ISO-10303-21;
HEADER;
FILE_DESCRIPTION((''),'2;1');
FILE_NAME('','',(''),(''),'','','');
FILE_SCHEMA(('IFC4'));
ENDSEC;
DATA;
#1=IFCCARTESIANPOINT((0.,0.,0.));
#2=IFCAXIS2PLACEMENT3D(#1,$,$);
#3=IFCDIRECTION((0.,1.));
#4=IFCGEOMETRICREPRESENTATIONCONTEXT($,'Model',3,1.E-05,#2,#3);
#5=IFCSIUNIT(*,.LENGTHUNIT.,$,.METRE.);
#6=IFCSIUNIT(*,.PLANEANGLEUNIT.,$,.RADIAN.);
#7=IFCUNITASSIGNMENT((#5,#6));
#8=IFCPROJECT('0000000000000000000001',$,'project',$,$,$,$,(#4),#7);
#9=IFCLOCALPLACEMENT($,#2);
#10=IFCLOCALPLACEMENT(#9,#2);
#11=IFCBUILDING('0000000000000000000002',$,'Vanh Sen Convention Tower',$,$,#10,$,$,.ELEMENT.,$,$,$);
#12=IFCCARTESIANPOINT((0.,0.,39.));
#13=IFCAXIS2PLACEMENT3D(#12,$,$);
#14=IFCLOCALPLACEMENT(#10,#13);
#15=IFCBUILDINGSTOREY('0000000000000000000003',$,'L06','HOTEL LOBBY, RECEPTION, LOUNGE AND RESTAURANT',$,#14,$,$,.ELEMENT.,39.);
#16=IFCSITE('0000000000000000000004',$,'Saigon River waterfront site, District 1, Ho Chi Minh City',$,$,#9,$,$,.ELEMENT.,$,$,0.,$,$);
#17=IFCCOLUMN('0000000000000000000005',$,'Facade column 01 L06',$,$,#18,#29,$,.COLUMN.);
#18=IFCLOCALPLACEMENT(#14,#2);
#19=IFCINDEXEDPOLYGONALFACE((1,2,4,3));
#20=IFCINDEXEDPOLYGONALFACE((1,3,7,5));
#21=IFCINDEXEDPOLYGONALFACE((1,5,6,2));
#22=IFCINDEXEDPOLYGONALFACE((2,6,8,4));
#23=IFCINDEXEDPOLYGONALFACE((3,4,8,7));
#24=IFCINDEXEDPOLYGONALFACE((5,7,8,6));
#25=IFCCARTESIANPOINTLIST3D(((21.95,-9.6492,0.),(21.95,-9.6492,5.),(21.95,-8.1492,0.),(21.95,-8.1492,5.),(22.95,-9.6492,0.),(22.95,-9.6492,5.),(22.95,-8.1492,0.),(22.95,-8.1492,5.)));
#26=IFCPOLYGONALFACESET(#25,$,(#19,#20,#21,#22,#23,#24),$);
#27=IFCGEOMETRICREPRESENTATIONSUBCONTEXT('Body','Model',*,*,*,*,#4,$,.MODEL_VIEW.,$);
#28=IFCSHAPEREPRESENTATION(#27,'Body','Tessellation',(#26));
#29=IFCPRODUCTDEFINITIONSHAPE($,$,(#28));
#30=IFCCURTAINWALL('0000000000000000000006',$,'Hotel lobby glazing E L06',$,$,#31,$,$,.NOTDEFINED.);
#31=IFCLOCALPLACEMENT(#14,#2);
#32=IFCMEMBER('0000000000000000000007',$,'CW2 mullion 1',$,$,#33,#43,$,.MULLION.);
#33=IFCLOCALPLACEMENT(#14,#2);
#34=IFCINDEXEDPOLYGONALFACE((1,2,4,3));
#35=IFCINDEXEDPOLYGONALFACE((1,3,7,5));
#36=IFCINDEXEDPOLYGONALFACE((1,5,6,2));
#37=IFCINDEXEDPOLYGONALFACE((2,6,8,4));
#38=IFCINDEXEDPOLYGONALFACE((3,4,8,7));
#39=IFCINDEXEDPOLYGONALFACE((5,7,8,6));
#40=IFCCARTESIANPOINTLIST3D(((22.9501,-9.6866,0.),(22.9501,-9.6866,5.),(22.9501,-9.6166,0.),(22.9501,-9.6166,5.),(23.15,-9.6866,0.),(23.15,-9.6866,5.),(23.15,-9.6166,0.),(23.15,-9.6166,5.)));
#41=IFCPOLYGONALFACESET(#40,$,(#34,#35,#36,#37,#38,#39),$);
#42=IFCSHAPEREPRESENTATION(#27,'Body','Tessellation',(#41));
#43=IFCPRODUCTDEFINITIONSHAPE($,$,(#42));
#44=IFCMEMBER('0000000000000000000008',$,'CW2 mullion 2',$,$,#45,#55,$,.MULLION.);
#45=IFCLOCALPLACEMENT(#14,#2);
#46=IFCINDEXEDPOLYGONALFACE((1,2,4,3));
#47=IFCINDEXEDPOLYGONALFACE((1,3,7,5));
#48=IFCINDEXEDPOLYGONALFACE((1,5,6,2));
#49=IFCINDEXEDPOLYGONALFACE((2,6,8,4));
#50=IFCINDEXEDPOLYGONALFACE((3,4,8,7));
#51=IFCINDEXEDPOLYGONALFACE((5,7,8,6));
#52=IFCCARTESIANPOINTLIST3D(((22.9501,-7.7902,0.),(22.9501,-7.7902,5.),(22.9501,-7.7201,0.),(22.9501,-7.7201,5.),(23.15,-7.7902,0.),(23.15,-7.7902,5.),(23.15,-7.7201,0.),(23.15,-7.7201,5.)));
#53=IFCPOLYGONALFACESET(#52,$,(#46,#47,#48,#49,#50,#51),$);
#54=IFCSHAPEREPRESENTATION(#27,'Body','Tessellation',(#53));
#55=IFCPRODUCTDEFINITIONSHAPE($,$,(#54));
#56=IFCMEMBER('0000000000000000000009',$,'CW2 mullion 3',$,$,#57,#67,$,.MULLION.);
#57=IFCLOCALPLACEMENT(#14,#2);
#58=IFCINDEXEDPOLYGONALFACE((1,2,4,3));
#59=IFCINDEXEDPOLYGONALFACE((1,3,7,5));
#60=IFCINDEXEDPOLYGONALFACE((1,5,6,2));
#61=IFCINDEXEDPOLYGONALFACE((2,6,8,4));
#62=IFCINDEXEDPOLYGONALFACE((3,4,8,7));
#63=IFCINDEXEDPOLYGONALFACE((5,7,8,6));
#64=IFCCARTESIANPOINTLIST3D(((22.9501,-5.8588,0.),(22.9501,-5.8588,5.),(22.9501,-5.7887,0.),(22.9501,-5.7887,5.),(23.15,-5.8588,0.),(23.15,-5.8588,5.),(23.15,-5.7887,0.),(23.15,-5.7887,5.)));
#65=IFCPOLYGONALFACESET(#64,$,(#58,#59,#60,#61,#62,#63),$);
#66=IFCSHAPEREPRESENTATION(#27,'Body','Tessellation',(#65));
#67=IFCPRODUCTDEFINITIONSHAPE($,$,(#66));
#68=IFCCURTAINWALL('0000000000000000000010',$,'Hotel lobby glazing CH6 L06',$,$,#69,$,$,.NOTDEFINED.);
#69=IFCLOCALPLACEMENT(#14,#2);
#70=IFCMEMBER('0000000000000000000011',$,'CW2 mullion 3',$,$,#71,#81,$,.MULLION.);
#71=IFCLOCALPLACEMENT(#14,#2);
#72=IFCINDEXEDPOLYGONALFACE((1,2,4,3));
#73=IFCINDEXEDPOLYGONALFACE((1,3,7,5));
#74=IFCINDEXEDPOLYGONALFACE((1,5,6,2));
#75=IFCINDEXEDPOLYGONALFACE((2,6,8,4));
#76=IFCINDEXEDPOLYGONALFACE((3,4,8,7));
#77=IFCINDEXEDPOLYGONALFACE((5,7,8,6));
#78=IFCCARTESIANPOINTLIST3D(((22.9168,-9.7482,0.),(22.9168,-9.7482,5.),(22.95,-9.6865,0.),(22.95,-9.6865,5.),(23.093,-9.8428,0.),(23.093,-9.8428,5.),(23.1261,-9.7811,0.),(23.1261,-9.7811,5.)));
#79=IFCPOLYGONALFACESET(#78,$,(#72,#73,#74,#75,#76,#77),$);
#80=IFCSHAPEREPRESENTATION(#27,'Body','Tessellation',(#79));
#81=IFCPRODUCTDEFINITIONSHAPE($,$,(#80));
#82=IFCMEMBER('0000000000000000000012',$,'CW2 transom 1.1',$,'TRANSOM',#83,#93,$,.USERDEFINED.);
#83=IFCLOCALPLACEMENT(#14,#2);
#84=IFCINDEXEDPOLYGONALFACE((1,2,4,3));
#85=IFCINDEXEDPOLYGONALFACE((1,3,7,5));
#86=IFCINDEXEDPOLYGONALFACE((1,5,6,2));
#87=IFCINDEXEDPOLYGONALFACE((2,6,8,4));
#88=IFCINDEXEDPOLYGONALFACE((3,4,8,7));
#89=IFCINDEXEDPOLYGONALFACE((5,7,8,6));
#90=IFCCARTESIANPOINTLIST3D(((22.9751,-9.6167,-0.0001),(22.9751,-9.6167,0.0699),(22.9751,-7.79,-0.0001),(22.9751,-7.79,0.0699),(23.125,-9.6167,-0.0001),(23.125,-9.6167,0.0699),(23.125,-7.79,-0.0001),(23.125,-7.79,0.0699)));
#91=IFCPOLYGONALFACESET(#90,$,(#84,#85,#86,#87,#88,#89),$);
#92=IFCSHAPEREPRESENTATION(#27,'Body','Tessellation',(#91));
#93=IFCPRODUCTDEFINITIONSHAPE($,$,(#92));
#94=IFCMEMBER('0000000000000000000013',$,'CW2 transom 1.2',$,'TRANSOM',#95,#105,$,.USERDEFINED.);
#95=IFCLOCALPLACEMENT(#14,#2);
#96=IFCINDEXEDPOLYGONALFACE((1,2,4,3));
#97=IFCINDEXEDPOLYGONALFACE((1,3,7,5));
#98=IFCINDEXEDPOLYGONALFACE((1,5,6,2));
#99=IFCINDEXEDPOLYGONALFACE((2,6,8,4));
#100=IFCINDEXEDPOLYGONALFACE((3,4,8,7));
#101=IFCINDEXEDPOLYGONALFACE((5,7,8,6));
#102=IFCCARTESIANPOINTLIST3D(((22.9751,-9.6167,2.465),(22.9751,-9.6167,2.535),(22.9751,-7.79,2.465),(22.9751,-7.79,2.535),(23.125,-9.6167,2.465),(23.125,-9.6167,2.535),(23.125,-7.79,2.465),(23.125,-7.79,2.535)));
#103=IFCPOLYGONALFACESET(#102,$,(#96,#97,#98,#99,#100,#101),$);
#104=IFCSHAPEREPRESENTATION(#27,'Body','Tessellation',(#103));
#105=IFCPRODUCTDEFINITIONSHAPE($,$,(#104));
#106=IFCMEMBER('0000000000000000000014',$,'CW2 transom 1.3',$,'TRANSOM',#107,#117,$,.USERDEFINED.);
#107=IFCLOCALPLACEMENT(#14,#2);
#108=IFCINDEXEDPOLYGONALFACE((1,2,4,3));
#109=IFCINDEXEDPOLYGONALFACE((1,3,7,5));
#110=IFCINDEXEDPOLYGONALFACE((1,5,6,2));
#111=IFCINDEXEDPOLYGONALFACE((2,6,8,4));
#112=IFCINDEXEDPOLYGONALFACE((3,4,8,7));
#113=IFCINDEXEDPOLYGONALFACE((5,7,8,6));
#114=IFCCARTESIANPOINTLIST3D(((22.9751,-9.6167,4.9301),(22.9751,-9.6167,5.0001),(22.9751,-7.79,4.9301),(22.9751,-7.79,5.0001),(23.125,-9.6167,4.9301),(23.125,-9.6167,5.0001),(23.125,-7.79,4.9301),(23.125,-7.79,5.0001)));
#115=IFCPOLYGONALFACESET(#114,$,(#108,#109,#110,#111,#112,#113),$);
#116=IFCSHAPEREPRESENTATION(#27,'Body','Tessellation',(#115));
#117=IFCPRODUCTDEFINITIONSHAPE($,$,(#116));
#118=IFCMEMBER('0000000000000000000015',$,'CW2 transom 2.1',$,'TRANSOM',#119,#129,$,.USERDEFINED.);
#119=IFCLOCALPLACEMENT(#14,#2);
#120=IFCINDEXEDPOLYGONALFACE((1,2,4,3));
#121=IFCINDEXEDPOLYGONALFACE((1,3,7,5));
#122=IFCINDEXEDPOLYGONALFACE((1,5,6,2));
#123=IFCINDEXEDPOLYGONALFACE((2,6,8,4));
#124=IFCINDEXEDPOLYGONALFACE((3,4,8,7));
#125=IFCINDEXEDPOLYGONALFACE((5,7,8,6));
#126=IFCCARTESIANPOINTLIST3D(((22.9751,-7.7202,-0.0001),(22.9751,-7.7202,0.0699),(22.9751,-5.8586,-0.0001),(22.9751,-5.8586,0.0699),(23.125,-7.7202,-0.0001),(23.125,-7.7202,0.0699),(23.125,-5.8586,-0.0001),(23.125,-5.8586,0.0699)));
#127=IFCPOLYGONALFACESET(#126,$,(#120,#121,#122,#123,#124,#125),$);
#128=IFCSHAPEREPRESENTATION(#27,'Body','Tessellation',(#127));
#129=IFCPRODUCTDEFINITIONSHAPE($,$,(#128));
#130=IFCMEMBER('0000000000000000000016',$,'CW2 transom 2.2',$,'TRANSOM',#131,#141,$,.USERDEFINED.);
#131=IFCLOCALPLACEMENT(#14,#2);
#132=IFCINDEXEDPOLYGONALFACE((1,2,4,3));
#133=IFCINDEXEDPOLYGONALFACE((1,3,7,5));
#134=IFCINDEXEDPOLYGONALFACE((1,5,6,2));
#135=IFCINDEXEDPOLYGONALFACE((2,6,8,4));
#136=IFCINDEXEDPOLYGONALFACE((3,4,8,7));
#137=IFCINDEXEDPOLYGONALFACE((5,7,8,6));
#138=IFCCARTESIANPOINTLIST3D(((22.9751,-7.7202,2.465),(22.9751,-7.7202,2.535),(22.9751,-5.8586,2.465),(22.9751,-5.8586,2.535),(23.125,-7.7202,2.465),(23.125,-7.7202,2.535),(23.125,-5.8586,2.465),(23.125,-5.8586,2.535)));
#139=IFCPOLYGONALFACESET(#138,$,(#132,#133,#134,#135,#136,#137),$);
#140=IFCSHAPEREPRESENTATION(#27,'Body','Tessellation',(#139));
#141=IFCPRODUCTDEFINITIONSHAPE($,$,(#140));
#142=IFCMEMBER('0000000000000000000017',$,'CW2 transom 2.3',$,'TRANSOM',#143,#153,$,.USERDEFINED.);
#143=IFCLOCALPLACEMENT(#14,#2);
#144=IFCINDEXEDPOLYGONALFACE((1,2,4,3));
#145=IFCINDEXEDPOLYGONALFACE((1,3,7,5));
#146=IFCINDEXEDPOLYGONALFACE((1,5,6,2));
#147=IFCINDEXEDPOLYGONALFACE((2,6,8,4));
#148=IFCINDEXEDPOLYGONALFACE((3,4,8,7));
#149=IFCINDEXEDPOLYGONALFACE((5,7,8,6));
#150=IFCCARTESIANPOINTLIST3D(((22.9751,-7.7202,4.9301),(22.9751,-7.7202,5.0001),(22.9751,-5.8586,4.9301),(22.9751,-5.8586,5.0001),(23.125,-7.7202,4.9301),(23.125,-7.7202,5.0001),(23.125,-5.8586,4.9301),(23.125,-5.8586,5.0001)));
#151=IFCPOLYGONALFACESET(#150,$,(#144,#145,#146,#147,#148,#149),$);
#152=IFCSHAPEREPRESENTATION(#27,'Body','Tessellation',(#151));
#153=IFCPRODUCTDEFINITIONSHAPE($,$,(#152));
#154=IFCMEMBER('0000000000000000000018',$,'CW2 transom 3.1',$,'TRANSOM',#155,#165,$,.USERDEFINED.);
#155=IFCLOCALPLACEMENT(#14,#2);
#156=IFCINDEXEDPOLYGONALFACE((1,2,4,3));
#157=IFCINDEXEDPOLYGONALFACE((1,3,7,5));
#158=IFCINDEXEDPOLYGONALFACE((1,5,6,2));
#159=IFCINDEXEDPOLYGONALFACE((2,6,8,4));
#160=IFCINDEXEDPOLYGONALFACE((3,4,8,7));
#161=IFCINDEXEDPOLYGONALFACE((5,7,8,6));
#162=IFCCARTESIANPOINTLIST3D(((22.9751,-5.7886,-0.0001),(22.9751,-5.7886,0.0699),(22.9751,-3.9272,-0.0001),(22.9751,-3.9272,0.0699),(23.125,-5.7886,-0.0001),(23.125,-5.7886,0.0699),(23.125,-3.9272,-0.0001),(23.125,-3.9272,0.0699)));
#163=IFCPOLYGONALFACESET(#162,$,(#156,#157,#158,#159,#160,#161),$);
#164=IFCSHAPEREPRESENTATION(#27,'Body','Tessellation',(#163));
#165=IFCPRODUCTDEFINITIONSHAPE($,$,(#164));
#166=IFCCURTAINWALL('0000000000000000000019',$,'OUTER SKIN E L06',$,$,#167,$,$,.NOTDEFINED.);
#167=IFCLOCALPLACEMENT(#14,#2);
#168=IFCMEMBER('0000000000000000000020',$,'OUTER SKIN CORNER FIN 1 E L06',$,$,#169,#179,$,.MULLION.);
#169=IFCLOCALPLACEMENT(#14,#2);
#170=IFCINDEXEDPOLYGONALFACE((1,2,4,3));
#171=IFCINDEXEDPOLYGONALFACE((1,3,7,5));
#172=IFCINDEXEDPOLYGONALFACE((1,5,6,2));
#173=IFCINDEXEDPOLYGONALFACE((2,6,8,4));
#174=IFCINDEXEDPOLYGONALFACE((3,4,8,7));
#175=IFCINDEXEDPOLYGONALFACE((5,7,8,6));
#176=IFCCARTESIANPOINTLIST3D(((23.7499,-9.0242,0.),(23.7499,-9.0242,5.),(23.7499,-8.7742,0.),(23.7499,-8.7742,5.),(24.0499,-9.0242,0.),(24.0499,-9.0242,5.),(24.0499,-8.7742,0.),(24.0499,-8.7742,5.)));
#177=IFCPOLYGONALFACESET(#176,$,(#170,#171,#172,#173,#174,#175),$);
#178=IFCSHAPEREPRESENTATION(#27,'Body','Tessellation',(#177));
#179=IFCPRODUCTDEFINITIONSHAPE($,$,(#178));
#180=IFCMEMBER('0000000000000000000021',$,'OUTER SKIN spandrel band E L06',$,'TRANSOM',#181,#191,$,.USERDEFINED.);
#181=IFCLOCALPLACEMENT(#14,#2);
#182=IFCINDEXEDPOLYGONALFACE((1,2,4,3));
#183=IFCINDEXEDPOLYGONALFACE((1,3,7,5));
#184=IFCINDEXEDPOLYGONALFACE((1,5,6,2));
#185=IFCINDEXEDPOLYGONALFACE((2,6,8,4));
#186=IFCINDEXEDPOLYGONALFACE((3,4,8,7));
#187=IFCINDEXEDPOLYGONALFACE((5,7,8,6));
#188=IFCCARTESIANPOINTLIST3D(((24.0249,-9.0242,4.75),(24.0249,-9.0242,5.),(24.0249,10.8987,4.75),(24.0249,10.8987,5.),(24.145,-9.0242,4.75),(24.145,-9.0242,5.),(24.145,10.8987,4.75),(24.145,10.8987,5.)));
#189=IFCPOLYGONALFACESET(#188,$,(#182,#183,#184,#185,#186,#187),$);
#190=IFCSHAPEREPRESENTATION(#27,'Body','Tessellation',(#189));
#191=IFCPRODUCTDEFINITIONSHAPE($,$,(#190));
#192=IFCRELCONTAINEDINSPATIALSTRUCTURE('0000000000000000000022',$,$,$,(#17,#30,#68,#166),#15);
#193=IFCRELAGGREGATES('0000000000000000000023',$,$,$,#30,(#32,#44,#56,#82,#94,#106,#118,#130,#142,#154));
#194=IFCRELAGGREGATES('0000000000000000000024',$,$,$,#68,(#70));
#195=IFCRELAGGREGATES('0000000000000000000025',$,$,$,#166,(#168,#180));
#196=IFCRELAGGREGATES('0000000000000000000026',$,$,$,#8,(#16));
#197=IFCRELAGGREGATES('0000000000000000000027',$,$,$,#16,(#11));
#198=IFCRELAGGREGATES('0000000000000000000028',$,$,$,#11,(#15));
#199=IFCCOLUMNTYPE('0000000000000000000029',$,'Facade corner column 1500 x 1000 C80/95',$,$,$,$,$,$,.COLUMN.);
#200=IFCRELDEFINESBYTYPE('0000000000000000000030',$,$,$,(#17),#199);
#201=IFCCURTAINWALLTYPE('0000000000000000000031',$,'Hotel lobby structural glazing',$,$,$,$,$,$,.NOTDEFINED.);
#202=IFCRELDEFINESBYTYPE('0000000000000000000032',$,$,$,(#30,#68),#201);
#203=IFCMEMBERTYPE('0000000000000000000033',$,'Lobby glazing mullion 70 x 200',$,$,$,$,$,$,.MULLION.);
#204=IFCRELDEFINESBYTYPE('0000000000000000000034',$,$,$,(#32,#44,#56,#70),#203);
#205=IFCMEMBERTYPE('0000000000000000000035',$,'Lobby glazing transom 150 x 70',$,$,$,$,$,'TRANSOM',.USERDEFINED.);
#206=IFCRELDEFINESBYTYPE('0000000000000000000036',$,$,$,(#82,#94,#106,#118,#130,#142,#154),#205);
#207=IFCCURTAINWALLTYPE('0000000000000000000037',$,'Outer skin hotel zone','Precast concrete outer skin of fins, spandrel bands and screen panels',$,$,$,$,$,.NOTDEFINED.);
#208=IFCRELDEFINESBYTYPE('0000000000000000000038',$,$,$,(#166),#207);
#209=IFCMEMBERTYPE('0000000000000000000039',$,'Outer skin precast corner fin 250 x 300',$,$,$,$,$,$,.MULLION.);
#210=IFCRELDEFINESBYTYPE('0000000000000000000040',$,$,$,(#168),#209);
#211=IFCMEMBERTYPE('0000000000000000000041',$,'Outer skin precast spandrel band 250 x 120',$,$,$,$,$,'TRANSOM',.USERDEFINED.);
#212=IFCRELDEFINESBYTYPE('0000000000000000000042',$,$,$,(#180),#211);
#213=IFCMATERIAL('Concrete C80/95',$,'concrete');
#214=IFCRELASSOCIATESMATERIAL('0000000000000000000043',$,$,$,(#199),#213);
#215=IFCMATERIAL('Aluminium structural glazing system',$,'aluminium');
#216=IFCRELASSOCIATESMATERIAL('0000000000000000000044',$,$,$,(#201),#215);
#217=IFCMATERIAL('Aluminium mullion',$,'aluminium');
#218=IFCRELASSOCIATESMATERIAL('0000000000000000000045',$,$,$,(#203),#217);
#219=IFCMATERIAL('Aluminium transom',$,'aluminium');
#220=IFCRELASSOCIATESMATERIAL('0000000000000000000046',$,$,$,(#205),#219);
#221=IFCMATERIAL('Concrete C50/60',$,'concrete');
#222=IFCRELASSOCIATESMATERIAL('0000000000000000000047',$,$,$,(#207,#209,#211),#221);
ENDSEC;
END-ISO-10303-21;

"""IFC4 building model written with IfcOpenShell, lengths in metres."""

from ifc_helpers import new_model, si_unit, direction, frame, origin, origin_2d, place, context, subcontext, project, spatial, rectangle, extrude, material, material_profile, profile_set, type_object, element, aggregate, save


model = new_model("IFC4")

# Units and contexts
model_context = context("Model", 3, precision=1e-05, world=origin(), true_north=direction((0.0, 1.0)))
body_context = subcontext(model_context, "Body", "Model", "MODEL_VIEW")
ifc_project = project(units=[si_unit("LENGTHUNIT", "METRE"), si_unit("PLANEANGLEUNIT", "RADIAN")], contexts=[model_context])

# Site, building, storey
site_placement = place(None, origin())
site = spatial("IfcSite", under=ifc_project, at=site_placement, Name="Saigon River waterfront site, District 1, Ho Chi Minh City", CompositionType="ELEMENT", RefElevation=0.0)
building_placement = place(site_placement, origin())
building = spatial("IfcBuilding", under=site, at=building_placement, Name="Vanh Sen Convention Tower", CompositionType="ELEMENT")
storey_placement = place(building_placement, frame((0.0, 0.0, 39.0)))
storey = spatial("IfcBuildingStorey", under=building, at=storey_placement, Name="L06", Description="HOTEL LOBBY, RECEPTION, LOUNGE AND RESTAURANT", CompositionType="ELEMENT", Elevation=39.0)

# Column
ifc_material_1 = material(Name="Concrete C80/95", Category="concrete")
ifc_material_profile_1 = material_profile(ifc_material_1, rectangle(XDim=1.5, YDim=1.0, at=origin_2d()), Name="RC 1500X1000")
ifc_profile_set_1 = profile_set([ifc_material_profile_1], Name="Concrete C80/95")
column_type = type_object("IfcColumnType", Name="Facade corner column 1500 x 1000 C80/95", PredefinedType="COLUMN", material=ifc_profile_set_1)
column_placement = place(storey_placement, frame((22.45, -8.8992, 0.0), z_axis=(0.0, 0.0, 1.0), x_axis=(0.0, 1.0, 0.0)))
element("IfcColumn", 1, at=column_placement, inside=storey, type_object=column_type, Name="Facade column 01 L06", PredefinedType="COLUMN", context=body_context, shape_type="SweptSolid", body=[
    extrude(rectangle(XDim=1.5, YDim=1.0, at=origin_2d()), origin(), (0.0, 0.0, 1.0), 5.0),
])

# Curtain wall, members
ifc_material_2 = material(Name="Aluminium structural glazing system", Category="aluminium")
curtain_wall_type_1 = type_object("IfcCurtainWallType", Name="Hotel lobby structural glazing", PredefinedType="NOTDEFINED", material=ifc_material_2)
curtain_wall_1_placement = place(storey_placement, origin())
curtain_wall_1 = element("IfcCurtainWall", 2, at=curtain_wall_1_placement, inside=storey, type_object=curtain_wall_type_1, Name="Hotel lobby glazing E L06", PredefinedType="NOTDEFINED")
ifc_material_3 = material(Name="Aluminium mullion", Category="aluminium")
ifc_material_profile_2 = material_profile(ifc_material_3, rectangle(XDim=0.2, YDim=0.0701, at=origin_2d()), Name="Lobby glazing mullion 70 x 200")
ifc_profile_set_2 = profile_set([ifc_material_profile_2], Name="Aluminium mullion")
member_type_1 = type_object("IfcMemberType", Name="Lobby glazing mullion 70 x 200", PredefinedType="MULLION", material=ifc_profile_set_2)
member_1_placement = place(storey_placement, frame((23.05, -9.6516, 0.0), z_axis=(0.0, 0.0, 1.0), x_axis=(-1.0, 0.0, 0.0)))
member_1 = element("IfcMember", 3, at=member_1_placement, type_object=member_type_1, Name="CW2 mullion 1", PredefinedType="MULLION", context=body_context, shape_type="SweptSolid", body=[
    extrude(rectangle(XDim=0.2, YDim=0.0701, at=origin_2d()), origin(), (0.0, 0.0, 1.0), 5.0),
])
member_2_placement = place(storey_placement, frame((23.05, -7.7551, 0.0), z_axis=(0.0, 0.0, 1.0), x_axis=(-1.0, 0.0, 0.0)))
member_2 = element("IfcMember", 4, at=member_2_placement, type_object=member_type_1, Name="CW2 mullion 2", PredefinedType="MULLION", context=body_context, shape_type="SweptSolid", body=[
    extrude(rectangle(XDim=0.2, YDim=0.0701, at=origin_2d()), origin(), (0.0, 0.0, 1.0), 5.0),
])
member_3_placement = place(storey_placement, frame((23.05, -5.8237, 0.0), z_axis=(0.0, 0.0, 1.0), x_axis=(-1.0, 0.0, 0.0)))
member_3 = element("IfcMember", 5, at=member_3_placement, type_object=member_type_1, Name="CW2 mullion 3", PredefinedType="MULLION", context=body_context, shape_type="SweptSolid", body=[
    extrude(rectangle(XDim=0.2, YDim=0.0701, at=origin_2d()), origin(), (0.0, 0.0, 1.0), 5.0),
])

# Curtain wall, member
curtain_wall_2_placement = place(storey_placement, origin())
curtain_wall_2 = element("IfcCurtainWall", 6, at=curtain_wall_2_placement, inside=storey, type_object=curtain_wall_type_1, Name="Hotel lobby glazing CH6 L06", PredefinedType="NOTDEFINED")
member_4_placement = place(storey_placement, frame((23.0215, -9.7646, 0.0), z_axis=(0.0, 0.0, 1.0), x_axis=(-0.880894, 0.473314, 0.0)))
member_4 = element("IfcMember", 7, at=member_4_placement, type_object=member_type_1, Name="CW2 mullion 3", PredefinedType="MULLION", context=body_context, shape_type="SweptSolid", body=[
    extrude(rectangle(XDim=0.2, YDim=0.0701, at=origin_2d()), origin(), (0.0, 0.0, 1.0), 5.0),
])

# Members
ifc_material_4 = material(Name="Aluminium transom", Category="aluminium")
ifc_material_profile_3 = material_profile(ifc_material_4, rectangle(XDim=0.1499, YDim=0.0701, at=origin_2d()), Name="Lobby glazing transom 150 x 70")
ifc_profile_set_3 = profile_set([ifc_material_profile_3], Name="Aluminium transom")
member_type_2 = type_object("IfcMemberType", Name="Lobby glazing transom 150 x 70", ElementType="TRANSOM", PredefinedType="USERDEFINED", material=ifc_profile_set_3)
member_5_placement = place(storey_placement, frame((23.05, -9.6167, 0.0349), z_axis=(0.0, 1.0, 0.0), x_axis=(-1.0, 0.0, 0.0)))
member_5 = element("IfcMember", 8, at=member_5_placement, type_object=member_type_2, Name="CW2 transom 1.1", ObjectType="TRANSOM", PredefinedType="USERDEFINED", context=body_context, shape_type="SweptSolid", body=[
    extrude(rectangle(XDim=0.1499, YDim=0.0701, at=origin_2d()), origin(), (0.0, 0.0, 1.0), 1.8267),
])
member_6_placement = place(storey_placement, frame((23.05, -9.6167, 2.5), z_axis=(0.0, 1.0, 0.0), x_axis=(-1.0, 0.0, 0.0)))
member_6 = element("IfcMember", 9, at=member_6_placement, type_object=member_type_2, Name="CW2 transom 1.2", ObjectType="TRANSOM", PredefinedType="USERDEFINED", context=body_context, shape_type="SweptSolid", body=[
    extrude(rectangle(XDim=0.1499, YDim=0.0701, at=origin_2d()), origin(), (0.0, 0.0, 1.0), 1.8267),
])
member_7_placement = place(storey_placement, frame((23.05, -9.6167, 4.9651), z_axis=(0.0, 1.0, 0.0), x_axis=(-1.0, 0.0, 0.0)))
member_7 = element("IfcMember", 10, at=member_7_placement, type_object=member_type_2, Name="CW2 transom 1.3", ObjectType="TRANSOM", PredefinedType="USERDEFINED", context=body_context, shape_type="SweptSolid", body=[
    extrude(rectangle(XDim=0.1499, YDim=0.0701, at=origin_2d()), origin(), (0.0, 0.0, 1.0), 1.8267),
])
member_8_placement = place(storey_placement, frame((23.05, -7.7202, 0.0349), z_axis=(0.0, 1.0, 0.0), x_axis=(-1.0, 0.0, 0.0)))
member_8 = element("IfcMember", 11, at=member_8_placement, type_object=member_type_2, Name="CW2 transom 2.1", ObjectType="TRANSOM", PredefinedType="USERDEFINED", context=body_context, shape_type="SweptSolid", body=[
    extrude(rectangle(XDim=0.1499, YDim=0.0701, at=origin_2d()), origin(), (0.0, 0.0, 1.0), 1.8616),
])
member_9_placement = place(storey_placement, frame((23.05, -7.7202, 2.5), z_axis=(0.0, 1.0, 0.0), x_axis=(-1.0, 0.0, 0.0)))
member_9 = element("IfcMember", 12, at=member_9_placement, type_object=member_type_2, Name="CW2 transom 2.2", ObjectType="TRANSOM", PredefinedType="USERDEFINED", context=body_context, shape_type="SweptSolid", body=[
    extrude(rectangle(XDim=0.1499, YDim=0.0701, at=origin_2d()), origin(), (0.0, 0.0, 1.0), 1.8616),
])
member_10_placement = place(storey_placement, frame((23.05, -7.7202, 4.9651), z_axis=(0.0, 1.0, 0.0), x_axis=(-1.0, 0.0, 0.0)))
member_10 = element("IfcMember", 13, at=member_10_placement, type_object=member_type_2, Name="CW2 transom 2.3", ObjectType="TRANSOM", PredefinedType="USERDEFINED", context=body_context, shape_type="SweptSolid", body=[
    extrude(rectangle(XDim=0.1499, YDim=0.0701, at=origin_2d()), origin(), (0.0, 0.0, 1.0), 1.8616),
])
member_11_placement = place(storey_placement, frame((23.05, -5.7886, 0.0349), z_axis=(0.0, 1.0, 0.0), x_axis=(-1.0, 0.0, 0.0)))
member_11 = element("IfcMember", 14, at=member_11_placement, type_object=member_type_2, Name="CW2 transom 3.1", ObjectType="TRANSOM", PredefinedType="USERDEFINED", context=body_context, shape_type="SweptSolid", body=[
    extrude(rectangle(XDim=0.1499, YDim=0.0701, at=origin_2d()), origin(), (0.0, 0.0, 1.0), 1.8613),
])

# Curtain wall, members
ifc_material_5 = material(Name="Concrete C50/60", Category="concrete")
curtain_wall_type_2 = type_object("IfcCurtainWallType", Name="Outer skin hotel zone", Description="Precast concrete outer skin of fins, spandrel bands and screen panels", PredefinedType="NOTDEFINED", material=ifc_material_5)
curtain_wall_3_placement = place(storey_placement, origin())
curtain_wall_3 = element("IfcCurtainWall", 15, at=curtain_wall_3_placement, inside=storey, type_object=curtain_wall_type_2, Name="OUTER SKIN E L06", PredefinedType="NOTDEFINED")
ifc_material_profile_4 = material_profile(ifc_material_5, rectangle(XDim=0.25, YDim=0.3, at=origin_2d()), Name="Outer skin precast corner fin 250 x 300")
ifc_profile_set_4 = profile_set([ifc_material_profile_4], Name="Concrete C50/60")
member_type_3 = type_object("IfcMemberType", Name="Outer skin precast corner fin 250 x 300", PredefinedType="MULLION", material=ifc_profile_set_4)
member_12_placement = place(storey_placement, frame((23.8999, -8.8992, 0.0), z_axis=(0.0, 0.0, 1.0), x_axis=(0.0, 1.0, 0.0)))
member_12 = element("IfcMember", 16, at=member_12_placement, type_object=member_type_3, Name="OUTER SKIN CORNER FIN 1 E L06", PredefinedType="MULLION", context=body_context, shape_type="SweptSolid", body=[
    extrude(rectangle(XDim=0.25, YDim=0.3, at=origin_2d()), origin(), (0.0, 0.0, 1.0), 5.0),
])
ifc_material_profile_5 = material_profile(ifc_material_5, rectangle(XDim=0.1201, YDim=0.25, at=origin_2d()), Name="Outer skin precast spandrel band 250 x 120")
ifc_profile_set_5 = profile_set([ifc_material_profile_5], Name="Concrete C50/60")
member_type_4 = type_object("IfcMemberType", Name="Outer skin precast spandrel band 250 x 120", ElementType="TRANSOM", PredefinedType="USERDEFINED", material=ifc_profile_set_5)
member_13_placement = place(storey_placement, frame((24.085, -9.0242, 4.875), z_axis=(0.0, 1.0, 0.0), x_axis=(-1.0, 0.0, 0.0)))
member_13 = element("IfcMember", 17, at=member_13_placement, type_object=member_type_4, Name="OUTER SKIN spandrel band E L06", ObjectType="TRANSOM", PredefinedType="USERDEFINED", context=body_context, shape_type="SweptSolid", body=[
    extrude(rectangle(XDim=0.1201, YDim=0.25, at=origin_2d()), origin(), (0.0, 0.0, 1.0), 19.9229),
])

aggregate(curtain_wall_1, [member_1, member_2, member_3, member_5, member_6, member_7, member_8, member_9, member_10, member_11])
aggregate(curtain_wall_2, [member_4])
aggregate(curtain_wall_3, [member_12, member_13])

save(model, "model.ifc")
